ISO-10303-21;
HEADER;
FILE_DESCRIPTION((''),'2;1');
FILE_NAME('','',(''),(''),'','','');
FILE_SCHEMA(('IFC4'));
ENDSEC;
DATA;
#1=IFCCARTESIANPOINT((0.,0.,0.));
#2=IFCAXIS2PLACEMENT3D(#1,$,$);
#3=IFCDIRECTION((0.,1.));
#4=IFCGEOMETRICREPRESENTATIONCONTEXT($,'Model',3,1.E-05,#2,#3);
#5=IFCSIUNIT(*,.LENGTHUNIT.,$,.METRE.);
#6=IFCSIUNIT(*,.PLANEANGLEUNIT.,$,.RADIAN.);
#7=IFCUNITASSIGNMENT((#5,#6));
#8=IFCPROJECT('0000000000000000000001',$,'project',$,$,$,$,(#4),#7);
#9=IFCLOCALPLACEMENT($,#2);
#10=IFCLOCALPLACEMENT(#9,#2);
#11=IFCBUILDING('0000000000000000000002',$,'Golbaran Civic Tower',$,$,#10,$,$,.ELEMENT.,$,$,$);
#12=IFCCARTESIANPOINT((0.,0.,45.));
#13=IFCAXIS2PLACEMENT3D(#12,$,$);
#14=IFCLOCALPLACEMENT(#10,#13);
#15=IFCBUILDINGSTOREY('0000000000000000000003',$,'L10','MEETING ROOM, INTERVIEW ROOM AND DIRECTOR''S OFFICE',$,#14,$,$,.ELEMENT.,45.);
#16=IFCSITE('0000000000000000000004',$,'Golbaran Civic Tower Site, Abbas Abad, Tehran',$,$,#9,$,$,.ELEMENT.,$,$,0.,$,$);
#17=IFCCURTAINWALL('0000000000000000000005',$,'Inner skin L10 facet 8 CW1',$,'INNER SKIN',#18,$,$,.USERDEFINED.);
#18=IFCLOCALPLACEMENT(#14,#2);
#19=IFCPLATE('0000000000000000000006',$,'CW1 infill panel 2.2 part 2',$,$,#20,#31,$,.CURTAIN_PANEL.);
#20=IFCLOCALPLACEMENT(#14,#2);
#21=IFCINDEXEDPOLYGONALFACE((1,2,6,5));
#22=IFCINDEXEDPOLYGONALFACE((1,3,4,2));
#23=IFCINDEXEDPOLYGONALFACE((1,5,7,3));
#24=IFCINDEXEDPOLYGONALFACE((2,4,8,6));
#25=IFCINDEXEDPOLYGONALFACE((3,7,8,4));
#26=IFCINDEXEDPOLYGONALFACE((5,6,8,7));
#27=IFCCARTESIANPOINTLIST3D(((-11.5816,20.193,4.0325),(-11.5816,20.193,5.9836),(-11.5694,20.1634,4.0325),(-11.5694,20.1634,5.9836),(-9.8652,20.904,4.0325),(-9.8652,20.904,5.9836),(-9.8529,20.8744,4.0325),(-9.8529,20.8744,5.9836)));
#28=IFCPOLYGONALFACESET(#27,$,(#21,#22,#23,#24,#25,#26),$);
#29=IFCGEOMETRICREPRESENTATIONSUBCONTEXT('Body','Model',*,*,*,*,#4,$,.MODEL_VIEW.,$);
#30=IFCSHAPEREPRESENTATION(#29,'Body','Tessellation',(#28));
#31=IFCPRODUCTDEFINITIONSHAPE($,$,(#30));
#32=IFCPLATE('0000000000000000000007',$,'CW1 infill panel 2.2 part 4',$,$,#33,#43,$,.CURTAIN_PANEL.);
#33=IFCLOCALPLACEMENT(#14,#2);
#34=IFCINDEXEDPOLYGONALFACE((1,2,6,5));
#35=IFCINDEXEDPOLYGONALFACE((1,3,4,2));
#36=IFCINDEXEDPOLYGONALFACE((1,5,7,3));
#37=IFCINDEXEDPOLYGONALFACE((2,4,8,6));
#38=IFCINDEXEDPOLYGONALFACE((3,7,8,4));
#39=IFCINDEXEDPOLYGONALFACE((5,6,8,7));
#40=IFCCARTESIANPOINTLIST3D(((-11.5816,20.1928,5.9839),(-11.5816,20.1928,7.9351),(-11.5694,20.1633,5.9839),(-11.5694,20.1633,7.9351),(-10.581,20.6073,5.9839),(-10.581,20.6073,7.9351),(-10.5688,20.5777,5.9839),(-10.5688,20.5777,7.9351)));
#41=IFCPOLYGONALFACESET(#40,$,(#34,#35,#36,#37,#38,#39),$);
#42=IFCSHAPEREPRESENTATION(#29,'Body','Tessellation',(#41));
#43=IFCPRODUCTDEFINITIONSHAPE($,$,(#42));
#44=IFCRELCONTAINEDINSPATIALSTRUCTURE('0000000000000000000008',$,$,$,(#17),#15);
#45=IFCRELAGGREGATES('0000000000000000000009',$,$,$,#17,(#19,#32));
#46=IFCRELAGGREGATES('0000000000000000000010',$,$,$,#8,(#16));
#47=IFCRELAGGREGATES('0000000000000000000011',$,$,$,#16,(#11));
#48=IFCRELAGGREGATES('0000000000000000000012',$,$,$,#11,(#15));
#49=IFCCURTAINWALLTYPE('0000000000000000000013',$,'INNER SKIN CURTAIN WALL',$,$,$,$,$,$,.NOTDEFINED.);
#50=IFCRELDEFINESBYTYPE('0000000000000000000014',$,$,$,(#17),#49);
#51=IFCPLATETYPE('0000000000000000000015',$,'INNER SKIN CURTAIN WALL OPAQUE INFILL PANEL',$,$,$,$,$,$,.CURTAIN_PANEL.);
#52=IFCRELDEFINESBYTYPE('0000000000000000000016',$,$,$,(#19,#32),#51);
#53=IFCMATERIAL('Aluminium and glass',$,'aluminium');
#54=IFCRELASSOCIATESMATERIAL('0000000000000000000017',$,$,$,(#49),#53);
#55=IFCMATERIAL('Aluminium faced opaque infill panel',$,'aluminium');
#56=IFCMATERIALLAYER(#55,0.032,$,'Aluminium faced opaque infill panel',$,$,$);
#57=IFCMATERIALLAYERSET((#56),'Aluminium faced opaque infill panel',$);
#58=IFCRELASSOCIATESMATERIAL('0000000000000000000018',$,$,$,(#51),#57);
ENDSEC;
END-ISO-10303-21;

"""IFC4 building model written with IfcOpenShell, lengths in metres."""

from ifc_helpers import new_model, si_unit, direction, frame, origin, origin_2d, place, context, subcontext, project, spatial, rectangle, extrude, material, layer, layer_set, type_object, element, aggregate, save


model = new_model("IFC4")

# Units and contexts
model_context = context("Model", 3, precision=1e-05, world=origin(), true_north=direction((0.0, 1.0)))
body_context = subcontext(model_context, "Body", "Model", "MODEL_VIEW")
ifc_project = project(units=[si_unit("LENGTHUNIT", "METRE"), si_unit("PLANEANGLEUNIT", "RADIAN")], contexts=[model_context])

# Site, building, storey
site_placement = place(None, origin())
site = spatial("IfcSite", under=ifc_project, at=site_placement, Name="Golbaran Civic Tower Site, Abbas Abad, Tehran", CompositionType="ELEMENT", RefElevation=0.0)
building_placement = place(site_placement, origin())
building = spatial("IfcBuilding", under=site, at=building_placement, Name="Golbaran Civic Tower", CompositionType="ELEMENT")
storey_placement = place(building_placement, frame((0.0, 0.0, 45.0)))
storey = spatial("IfcBuildingStorey", under=building, at=storey_placement, Name="L10", Description="MEETING ROOM, INTERVIEW ROOM AND DIRECTOR'S OFFICE", CompositionType="ELEMENT", Elevation=45.0)

# Curtain wall
ifc_material_1 = material(Name="Aluminium and glass", Category="aluminium")
curtain_wall_type = type_object("IfcCurtainWallType", Name="INNER SKIN CURTAIN WALL", PredefinedType="NOTDEFINED", material=ifc_material_1)
curtain_wall_1_placement = place(storey_placement, origin())
curtain_wall_1 = element("IfcCurtainWall", 1, at=curtain_wall_1_placement, inside=storey, type_object=curtain_wall_type, Name="Inner skin L10 facet 8 CW1", ObjectType="INNER SKIN", PredefinedType="USERDEFINED")

# Plates
ifc_material_2 = material(Name="Aluminium faced opaque infill panel", Category="aluminium")
ifc_layer_1 = layer(ifc_material_2, 0.032, Name="Aluminium faced opaque infill panel")
ifc_layer_set_1 = layer_set([ifc_layer_1], Name="Aluminium faced opaque infill panel")
plate_type_1 = type_object("IfcPlateType", Name="INNER SKIN CURTAIN WALL OPAQUE INFILL PANEL", PredefinedType="CURTAIN_PANEL", material=ifc_layer_set_1)
plate_1_placement = place(storey_placement, frame((-10.7173, 20.5337, 4.0325), z_axis=(0.0, 0.0, 1.0), x_axis=(-0.92388, -0.382683, 0.0)))
plate_1 = element("IfcPlate", 2, at=plate_1_placement, type_object=plate_type_1, Name="CW1 infill panel 2.2 part 2", PredefinedType="CURTAIN_PANEL", context=body_context, shape_type="SweptSolid", body=[
    extrude(rectangle(XDim=1.8579, YDim=0.032, at=origin_2d()), origin(), (0.0, 0.0, 1.0), 1.9512),
])
plate_2_placement = place(storey_placement, frame((-11.0752, 20.3853, 5.9839), z_axis=(0.0, 0.0, 1.0), x_axis=(-0.92388, -0.382683, 0.0)))
plate_2 = element("IfcPlate", 3, at=plate_2_placement, type_object=plate_type_1, Name="CW1 infill panel 2.2 part 4", PredefinedType="CURTAIN_PANEL", context=body_context, shape_type="SweptSolid", body=[
    extrude(rectangle(XDim=1.083, YDim=0.032, at=origin_2d()), origin(), (0.0, 0.0, 1.0), 1.9512),
])
aggregate(curtain_wall_1, [plate_1, plate_2])

save(model, "model.ifc")
